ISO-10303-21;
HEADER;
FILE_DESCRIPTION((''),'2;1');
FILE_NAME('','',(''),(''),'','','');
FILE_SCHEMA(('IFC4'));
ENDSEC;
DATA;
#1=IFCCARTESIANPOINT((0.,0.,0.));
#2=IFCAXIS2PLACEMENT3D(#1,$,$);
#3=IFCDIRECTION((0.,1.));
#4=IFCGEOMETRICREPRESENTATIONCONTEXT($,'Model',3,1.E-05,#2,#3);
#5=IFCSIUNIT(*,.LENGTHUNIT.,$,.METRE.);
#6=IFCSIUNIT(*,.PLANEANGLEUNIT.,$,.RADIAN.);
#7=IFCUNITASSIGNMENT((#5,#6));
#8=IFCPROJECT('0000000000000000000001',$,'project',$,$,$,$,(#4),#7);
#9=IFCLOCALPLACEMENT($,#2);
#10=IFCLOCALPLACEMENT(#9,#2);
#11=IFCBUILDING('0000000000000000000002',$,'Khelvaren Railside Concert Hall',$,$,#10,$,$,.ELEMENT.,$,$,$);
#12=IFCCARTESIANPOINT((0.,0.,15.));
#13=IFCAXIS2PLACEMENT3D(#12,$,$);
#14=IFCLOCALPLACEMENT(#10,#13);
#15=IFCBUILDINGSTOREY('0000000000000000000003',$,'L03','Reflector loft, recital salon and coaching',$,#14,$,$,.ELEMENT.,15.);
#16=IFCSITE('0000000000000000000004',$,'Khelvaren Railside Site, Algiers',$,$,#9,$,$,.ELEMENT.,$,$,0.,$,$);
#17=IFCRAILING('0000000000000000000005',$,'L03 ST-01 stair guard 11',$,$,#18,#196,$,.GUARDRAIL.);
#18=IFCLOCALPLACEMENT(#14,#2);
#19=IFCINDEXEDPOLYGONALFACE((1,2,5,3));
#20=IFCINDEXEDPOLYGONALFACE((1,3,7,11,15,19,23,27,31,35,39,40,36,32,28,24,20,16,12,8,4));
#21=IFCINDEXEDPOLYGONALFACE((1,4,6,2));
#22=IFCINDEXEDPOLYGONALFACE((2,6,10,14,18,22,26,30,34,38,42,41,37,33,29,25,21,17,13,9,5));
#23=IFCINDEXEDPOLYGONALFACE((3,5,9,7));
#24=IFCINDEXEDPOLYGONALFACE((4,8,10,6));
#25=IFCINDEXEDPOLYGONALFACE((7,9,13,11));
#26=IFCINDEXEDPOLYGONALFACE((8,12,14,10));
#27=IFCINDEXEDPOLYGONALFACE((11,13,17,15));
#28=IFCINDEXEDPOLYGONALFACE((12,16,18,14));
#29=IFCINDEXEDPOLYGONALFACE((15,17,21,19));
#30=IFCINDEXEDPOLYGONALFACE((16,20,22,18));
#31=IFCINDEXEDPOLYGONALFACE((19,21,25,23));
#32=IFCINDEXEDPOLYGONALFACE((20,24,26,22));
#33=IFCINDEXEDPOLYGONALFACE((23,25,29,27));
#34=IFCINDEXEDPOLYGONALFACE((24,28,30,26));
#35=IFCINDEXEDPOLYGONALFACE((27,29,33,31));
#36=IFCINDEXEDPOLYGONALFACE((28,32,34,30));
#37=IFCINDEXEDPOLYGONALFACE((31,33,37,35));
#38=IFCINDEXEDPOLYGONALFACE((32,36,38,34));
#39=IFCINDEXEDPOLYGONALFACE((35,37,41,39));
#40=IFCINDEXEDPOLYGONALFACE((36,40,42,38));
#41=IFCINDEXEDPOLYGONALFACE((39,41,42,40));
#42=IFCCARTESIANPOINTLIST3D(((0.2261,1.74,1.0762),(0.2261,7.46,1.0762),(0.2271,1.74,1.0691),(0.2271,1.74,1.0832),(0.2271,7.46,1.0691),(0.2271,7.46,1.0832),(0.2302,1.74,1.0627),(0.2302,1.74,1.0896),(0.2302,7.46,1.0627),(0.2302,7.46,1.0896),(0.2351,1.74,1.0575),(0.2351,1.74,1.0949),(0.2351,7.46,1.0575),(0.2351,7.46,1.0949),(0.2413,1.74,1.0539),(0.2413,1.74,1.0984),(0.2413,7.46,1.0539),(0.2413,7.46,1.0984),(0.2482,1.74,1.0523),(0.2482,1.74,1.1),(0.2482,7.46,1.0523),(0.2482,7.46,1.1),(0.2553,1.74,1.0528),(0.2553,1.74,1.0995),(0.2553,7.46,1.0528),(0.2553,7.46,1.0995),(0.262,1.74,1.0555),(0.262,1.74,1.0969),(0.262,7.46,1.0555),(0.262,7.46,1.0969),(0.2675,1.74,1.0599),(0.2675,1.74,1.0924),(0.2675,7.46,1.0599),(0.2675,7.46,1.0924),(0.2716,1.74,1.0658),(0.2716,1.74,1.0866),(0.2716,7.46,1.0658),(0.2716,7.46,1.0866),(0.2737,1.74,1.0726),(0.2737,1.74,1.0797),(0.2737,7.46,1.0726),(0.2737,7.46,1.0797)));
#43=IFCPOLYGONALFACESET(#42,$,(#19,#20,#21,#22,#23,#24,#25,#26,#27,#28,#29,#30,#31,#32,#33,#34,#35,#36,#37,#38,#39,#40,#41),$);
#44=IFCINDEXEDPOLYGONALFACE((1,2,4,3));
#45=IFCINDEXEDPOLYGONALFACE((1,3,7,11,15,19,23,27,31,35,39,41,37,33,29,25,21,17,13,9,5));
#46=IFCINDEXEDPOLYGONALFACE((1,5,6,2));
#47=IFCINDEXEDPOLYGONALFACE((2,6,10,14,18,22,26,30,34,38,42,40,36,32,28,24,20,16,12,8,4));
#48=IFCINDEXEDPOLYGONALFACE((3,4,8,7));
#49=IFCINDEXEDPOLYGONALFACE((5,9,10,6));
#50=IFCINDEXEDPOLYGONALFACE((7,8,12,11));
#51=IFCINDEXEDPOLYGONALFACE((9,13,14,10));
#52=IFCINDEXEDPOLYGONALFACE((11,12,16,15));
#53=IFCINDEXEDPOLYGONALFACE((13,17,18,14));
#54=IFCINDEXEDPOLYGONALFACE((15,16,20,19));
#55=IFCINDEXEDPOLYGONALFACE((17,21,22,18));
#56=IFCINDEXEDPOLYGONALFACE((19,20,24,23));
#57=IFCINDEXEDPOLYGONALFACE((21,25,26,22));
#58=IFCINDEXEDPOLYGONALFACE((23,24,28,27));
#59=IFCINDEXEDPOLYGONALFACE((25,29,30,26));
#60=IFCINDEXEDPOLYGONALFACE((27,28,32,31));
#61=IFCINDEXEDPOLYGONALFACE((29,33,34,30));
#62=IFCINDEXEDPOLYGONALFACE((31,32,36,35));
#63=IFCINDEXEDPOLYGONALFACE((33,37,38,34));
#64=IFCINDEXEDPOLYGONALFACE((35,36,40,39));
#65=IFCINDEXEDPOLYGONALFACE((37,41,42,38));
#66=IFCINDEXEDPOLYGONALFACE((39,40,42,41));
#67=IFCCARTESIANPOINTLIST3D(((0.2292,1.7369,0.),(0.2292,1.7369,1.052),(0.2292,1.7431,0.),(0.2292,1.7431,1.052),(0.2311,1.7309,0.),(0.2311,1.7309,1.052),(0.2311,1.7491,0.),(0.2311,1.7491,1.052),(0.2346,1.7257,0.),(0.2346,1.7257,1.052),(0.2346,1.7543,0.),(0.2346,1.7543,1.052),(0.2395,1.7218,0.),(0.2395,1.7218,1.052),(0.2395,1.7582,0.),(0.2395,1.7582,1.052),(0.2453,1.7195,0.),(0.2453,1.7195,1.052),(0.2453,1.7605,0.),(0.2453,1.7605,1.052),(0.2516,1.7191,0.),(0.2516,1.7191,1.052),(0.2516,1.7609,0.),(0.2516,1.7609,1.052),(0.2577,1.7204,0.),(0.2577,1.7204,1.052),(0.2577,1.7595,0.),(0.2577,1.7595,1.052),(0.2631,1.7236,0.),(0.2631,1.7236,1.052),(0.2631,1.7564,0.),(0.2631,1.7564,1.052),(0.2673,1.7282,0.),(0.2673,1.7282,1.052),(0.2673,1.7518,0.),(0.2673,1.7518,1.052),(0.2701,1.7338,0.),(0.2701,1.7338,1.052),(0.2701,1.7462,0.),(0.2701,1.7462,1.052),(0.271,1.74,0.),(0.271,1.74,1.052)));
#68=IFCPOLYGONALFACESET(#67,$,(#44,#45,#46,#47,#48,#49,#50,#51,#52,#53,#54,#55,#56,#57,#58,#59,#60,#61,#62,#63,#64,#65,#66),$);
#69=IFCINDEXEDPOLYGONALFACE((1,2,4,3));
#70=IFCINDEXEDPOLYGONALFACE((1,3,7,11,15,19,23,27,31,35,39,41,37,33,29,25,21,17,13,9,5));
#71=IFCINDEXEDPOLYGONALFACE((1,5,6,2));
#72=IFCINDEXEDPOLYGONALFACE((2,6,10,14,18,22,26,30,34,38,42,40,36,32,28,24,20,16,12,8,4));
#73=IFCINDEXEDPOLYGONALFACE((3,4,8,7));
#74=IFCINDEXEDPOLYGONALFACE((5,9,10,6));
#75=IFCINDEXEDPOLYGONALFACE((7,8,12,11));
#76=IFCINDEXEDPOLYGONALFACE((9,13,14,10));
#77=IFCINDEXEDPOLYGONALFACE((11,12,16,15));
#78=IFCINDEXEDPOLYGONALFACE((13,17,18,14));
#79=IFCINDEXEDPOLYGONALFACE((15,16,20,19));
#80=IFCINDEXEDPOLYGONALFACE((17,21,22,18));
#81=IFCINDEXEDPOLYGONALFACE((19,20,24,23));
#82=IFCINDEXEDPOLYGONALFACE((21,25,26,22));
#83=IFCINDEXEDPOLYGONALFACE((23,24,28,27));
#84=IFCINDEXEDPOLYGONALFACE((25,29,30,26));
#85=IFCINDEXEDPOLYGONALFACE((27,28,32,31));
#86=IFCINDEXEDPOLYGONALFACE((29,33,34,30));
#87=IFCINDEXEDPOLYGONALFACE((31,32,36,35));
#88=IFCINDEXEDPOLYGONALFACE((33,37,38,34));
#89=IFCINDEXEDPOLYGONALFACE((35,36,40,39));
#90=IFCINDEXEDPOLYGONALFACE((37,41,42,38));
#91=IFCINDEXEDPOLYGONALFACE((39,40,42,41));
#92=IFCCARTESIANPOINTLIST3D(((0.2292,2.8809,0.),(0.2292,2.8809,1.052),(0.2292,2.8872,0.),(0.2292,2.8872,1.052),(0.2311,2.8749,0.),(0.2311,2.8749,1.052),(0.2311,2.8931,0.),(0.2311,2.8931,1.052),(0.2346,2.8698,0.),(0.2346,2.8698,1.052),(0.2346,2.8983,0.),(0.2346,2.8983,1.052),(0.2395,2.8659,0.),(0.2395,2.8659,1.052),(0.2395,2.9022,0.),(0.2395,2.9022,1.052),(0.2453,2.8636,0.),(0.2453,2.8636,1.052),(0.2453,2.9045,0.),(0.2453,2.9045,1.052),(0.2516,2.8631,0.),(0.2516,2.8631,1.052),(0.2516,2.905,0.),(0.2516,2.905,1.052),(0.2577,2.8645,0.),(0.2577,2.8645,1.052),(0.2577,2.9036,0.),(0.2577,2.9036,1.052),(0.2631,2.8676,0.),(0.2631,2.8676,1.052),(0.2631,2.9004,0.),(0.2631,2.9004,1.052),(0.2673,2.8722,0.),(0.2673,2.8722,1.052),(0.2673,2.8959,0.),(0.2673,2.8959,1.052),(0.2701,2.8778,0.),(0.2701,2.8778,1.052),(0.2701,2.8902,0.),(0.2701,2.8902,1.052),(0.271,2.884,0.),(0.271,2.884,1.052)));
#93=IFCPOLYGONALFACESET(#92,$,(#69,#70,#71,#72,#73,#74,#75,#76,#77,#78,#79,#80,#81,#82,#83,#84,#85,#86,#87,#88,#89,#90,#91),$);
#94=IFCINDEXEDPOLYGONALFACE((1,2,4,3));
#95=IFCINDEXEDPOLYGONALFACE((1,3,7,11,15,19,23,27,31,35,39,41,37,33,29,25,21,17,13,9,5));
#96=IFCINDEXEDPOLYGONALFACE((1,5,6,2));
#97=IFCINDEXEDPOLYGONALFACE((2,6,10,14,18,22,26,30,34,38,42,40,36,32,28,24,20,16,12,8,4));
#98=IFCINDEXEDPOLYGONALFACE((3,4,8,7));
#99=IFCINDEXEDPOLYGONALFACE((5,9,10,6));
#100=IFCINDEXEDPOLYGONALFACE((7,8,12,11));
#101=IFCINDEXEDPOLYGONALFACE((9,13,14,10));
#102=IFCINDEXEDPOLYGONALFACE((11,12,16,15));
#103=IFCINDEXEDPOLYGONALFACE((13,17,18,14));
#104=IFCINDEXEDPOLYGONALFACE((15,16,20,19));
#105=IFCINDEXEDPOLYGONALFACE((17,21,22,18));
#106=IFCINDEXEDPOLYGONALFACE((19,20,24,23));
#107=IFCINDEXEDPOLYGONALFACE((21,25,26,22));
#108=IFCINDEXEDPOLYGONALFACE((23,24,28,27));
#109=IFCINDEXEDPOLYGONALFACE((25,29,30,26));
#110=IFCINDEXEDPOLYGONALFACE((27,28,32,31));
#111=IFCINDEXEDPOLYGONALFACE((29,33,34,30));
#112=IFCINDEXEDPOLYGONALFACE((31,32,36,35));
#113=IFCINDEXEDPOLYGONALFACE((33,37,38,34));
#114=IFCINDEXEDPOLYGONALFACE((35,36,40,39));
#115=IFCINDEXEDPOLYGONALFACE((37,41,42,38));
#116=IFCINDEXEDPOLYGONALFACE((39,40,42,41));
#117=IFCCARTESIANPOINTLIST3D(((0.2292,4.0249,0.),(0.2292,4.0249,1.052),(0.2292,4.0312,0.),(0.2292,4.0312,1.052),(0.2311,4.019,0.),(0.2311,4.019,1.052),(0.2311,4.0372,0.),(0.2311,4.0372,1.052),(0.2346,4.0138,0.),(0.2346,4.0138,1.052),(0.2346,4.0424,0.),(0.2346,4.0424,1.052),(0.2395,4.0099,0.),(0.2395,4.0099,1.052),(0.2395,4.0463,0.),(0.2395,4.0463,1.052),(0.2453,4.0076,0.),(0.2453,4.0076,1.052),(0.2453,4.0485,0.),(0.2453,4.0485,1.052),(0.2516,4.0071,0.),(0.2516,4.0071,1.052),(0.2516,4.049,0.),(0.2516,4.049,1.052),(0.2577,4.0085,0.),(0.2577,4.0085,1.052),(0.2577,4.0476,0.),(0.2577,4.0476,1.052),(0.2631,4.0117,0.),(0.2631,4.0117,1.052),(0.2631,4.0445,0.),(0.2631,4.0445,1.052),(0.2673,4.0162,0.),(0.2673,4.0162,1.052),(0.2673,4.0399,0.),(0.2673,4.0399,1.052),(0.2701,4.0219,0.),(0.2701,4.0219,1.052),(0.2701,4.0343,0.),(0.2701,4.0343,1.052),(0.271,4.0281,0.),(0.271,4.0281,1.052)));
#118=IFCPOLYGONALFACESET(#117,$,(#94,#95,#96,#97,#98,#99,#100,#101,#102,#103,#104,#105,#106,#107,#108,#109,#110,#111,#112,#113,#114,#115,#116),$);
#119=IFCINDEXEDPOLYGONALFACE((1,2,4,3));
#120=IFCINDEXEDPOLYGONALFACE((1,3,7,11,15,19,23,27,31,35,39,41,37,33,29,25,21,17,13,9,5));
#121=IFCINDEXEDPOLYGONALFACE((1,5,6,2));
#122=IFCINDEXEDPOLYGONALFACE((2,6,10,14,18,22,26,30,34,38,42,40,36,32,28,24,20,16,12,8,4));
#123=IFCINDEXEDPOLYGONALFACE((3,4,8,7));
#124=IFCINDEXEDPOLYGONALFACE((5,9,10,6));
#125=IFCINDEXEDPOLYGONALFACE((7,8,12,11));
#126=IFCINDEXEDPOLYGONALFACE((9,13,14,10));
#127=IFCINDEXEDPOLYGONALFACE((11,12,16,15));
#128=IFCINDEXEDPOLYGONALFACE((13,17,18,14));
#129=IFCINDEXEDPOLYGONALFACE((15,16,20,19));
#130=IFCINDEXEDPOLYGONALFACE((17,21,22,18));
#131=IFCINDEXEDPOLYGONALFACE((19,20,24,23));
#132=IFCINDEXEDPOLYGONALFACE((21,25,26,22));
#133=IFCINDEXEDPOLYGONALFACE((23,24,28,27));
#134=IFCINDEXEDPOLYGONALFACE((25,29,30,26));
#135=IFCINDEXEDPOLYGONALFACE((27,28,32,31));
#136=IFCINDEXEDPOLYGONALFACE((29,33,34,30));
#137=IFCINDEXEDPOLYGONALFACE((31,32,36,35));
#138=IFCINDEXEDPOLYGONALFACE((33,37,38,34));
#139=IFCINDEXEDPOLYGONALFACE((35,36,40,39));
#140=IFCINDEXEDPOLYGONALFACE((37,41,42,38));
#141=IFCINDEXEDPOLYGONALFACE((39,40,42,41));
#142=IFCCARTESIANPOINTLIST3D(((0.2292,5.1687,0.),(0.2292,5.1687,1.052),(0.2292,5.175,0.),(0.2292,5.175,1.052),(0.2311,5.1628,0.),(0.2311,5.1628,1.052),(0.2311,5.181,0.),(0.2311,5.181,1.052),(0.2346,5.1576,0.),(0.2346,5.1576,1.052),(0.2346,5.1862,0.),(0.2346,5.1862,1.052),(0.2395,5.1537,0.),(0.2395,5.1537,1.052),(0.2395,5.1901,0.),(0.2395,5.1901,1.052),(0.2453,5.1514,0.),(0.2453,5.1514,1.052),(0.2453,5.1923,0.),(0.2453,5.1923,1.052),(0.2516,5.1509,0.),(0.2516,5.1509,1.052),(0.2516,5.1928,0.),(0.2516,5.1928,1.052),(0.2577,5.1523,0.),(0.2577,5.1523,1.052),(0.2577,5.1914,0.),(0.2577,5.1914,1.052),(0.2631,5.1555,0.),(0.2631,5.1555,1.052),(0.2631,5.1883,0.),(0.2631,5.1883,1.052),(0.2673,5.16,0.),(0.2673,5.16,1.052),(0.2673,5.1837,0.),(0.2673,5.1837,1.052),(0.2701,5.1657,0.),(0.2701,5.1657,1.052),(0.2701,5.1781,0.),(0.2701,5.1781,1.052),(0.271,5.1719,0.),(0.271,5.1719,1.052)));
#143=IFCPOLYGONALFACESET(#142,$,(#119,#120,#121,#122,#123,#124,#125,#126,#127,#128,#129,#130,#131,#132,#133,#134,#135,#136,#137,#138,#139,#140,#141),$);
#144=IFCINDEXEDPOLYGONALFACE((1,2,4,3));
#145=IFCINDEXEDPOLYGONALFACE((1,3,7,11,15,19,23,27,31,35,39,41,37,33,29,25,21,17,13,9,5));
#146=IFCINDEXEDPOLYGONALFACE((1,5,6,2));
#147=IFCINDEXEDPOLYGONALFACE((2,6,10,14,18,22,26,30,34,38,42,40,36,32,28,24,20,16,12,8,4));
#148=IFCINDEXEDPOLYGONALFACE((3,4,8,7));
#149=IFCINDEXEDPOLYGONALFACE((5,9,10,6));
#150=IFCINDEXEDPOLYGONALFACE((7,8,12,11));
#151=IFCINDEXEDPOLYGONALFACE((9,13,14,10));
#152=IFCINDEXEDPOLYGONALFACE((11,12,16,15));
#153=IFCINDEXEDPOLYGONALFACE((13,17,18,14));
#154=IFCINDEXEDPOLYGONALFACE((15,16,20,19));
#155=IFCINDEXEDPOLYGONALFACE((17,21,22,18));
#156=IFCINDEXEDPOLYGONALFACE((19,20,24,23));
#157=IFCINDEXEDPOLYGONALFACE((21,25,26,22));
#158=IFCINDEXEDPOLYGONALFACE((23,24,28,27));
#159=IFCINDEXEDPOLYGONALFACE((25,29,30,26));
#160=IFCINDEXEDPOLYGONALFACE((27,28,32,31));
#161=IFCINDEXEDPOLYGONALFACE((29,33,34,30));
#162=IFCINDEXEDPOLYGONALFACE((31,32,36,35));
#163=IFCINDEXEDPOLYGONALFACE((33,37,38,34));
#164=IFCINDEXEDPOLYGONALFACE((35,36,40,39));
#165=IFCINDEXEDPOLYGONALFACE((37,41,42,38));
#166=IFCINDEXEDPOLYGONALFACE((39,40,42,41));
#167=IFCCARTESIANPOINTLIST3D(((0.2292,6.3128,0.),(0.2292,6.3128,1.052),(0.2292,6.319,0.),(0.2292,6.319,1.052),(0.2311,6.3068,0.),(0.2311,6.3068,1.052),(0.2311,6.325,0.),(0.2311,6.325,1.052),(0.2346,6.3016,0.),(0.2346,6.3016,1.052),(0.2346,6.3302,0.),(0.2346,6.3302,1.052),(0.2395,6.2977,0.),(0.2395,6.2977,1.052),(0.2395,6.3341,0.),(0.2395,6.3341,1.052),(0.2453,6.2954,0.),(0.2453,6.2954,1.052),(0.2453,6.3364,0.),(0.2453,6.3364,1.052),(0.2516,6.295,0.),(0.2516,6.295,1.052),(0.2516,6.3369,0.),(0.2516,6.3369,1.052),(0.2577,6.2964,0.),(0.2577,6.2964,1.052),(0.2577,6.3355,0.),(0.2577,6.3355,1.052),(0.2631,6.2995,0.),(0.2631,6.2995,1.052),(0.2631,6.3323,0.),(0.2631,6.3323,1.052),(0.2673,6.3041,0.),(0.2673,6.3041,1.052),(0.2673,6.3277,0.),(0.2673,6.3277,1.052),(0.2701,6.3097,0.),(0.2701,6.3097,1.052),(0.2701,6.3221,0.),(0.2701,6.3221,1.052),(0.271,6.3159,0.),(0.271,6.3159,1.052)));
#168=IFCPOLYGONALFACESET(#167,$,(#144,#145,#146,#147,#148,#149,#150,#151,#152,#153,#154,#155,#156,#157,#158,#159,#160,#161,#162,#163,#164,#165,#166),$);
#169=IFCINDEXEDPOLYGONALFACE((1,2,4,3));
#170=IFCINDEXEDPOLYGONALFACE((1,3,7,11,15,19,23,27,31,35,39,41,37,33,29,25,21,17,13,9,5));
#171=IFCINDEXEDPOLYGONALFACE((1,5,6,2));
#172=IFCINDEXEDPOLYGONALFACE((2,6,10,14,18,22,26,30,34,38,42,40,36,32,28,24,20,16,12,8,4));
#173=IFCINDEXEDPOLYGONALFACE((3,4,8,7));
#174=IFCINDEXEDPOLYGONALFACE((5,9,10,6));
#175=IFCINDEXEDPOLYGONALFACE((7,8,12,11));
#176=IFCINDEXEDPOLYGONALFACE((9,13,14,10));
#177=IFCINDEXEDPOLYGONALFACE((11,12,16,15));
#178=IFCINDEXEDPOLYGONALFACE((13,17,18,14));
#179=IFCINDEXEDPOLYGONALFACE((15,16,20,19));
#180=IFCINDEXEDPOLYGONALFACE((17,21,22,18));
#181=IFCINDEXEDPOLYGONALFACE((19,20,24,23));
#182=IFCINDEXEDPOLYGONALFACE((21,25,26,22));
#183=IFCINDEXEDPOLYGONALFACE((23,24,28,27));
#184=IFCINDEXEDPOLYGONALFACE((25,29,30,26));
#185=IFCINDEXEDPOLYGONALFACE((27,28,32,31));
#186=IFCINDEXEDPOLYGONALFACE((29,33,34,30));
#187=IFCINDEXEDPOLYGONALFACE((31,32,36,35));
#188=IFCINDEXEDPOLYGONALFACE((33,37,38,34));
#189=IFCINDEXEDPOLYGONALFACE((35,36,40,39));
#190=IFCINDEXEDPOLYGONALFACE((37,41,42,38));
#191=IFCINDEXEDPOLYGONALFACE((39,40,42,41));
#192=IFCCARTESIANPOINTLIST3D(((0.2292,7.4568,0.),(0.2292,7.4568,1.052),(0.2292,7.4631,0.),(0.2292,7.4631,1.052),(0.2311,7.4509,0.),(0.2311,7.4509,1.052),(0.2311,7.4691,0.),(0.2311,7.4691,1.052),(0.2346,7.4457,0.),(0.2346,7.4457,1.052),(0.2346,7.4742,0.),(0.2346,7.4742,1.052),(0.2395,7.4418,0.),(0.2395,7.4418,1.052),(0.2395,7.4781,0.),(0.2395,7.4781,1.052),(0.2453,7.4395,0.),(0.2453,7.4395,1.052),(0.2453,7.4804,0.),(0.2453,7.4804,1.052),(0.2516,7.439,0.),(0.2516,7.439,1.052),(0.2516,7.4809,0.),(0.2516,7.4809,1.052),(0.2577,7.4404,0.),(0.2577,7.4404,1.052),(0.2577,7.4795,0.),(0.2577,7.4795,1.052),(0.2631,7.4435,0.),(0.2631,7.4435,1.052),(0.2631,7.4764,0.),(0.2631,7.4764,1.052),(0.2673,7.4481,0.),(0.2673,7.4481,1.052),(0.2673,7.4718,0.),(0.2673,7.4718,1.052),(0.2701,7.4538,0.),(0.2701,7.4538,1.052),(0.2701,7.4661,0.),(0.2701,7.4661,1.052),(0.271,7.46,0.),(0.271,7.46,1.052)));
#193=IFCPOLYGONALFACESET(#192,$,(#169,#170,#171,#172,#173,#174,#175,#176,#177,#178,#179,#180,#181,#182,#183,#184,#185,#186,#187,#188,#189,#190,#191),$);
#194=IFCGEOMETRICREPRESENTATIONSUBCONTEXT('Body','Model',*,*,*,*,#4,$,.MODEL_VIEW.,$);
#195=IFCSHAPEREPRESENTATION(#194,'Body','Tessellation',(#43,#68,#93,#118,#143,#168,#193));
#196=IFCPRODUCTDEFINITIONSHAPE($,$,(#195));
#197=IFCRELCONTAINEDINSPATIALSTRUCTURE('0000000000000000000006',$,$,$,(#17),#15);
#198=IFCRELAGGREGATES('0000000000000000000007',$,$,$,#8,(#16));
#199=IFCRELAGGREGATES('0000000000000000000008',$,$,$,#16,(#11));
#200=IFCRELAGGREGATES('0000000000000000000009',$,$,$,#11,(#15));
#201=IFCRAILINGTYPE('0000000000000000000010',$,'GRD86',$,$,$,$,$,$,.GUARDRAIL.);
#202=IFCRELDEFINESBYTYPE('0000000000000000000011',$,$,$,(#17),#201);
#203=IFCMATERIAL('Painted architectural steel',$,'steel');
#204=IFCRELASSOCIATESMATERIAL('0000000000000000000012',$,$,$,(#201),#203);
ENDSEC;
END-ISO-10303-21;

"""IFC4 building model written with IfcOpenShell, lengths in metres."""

from ifc_helpers import new_model, si_unit, direction, frame, origin, origin_2d, place, context, subcontext, project, spatial, circle, extrude, material, type_object, element, save


model = new_model("IFC4")

# Units and contexts
model_context = context("Model", 3, precision=1e-05, world=origin(), true_north=direction((0.0, 1.0)))
body_context = subcontext(model_context, "Body", "Model", "MODEL_VIEW")
ifc_project = project(units=[si_unit("LENGTHUNIT", "METRE"), si_unit("PLANEANGLEUNIT", "RADIAN")], contexts=[model_context])

# Site, building, storey
site_placement = place(None, origin())
site = spatial("IfcSite", under=ifc_project, at=site_placement, Name="Khelvaren Railside Site, Algiers", CompositionType="ELEMENT", RefElevation=0.0)
building_placement = place(site_placement, origin())
building = spatial("IfcBuilding", under=site, at=building_placement, Name="Khelvaren Railside Concert Hall", CompositionType="ELEMENT")
storey_placement = place(building_placement, frame((0.0, 0.0, 15.0)))
storey = spatial("IfcBuildingStorey", under=building, at=storey_placement, Name="L03", Description="Reflector loft, recital salon and coaching", CompositionType="ELEMENT", Elevation=15.0)

# Railing
ifc_material_1 = material(Name="Painted architectural steel", Category="steel")
railing_type_1 = type_object("IfcRailingType", Name="GRD86", PredefinedType="GUARDRAIL", material=ifc_material_1)
for number, where, name in (
    (1, (0.25, 1.74, 0.0), "L03 ST-01 stair guard 11"),
):
    element("IfcRailing", number, at=place(storey_placement, frame(where)), inside=storey, type_object=railing_type_1, Name=name, PredefinedType="GUARDRAIL", context=body_context, shape_type="SweptSolid", body=[
        extrude(circle(Radius=0.0239, at=origin_2d()), frame((0.0, 0.0, 1.0762), z_axis=(0.0, 1.0, 0.0), x_axis=(-1.0, 0.0, 0.0)), (0.0, 0.0, 1.0), 5.72),
        extrude(circle(Radius=0.021, at=origin_2d()), origin(), (0.0, 0.0, 1.0), 1.052),
        extrude(circle(Radius=0.021, at=origin_2d()), frame((0.0, 1.144, 0.0)), (0.0, 0.0, 1.0), 1.052),
        extrude(circle(Radius=0.021, at=origin_2d()), frame((0.0, 2.2881, 0.0)), (0.0, 0.0, 1.0), 1.052),
        extrude(circle(Radius=0.021, at=origin_2d()), frame((0.0, 3.4319, 0.0)), (0.0, 0.0, 1.0), 1.052),
        extrude(circle(Radius=0.021, at=origin_2d()), frame((0.0, 4.5759, 0.0)), (0.0, 0.0, 1.0), 1.052),
        extrude(circle(Radius=0.021, at=origin_2d()), frame((0.0, 5.72, 0.0)), (0.0, 0.0, 1.0), 1.052),
    ])

save(model, "model.ifc")
